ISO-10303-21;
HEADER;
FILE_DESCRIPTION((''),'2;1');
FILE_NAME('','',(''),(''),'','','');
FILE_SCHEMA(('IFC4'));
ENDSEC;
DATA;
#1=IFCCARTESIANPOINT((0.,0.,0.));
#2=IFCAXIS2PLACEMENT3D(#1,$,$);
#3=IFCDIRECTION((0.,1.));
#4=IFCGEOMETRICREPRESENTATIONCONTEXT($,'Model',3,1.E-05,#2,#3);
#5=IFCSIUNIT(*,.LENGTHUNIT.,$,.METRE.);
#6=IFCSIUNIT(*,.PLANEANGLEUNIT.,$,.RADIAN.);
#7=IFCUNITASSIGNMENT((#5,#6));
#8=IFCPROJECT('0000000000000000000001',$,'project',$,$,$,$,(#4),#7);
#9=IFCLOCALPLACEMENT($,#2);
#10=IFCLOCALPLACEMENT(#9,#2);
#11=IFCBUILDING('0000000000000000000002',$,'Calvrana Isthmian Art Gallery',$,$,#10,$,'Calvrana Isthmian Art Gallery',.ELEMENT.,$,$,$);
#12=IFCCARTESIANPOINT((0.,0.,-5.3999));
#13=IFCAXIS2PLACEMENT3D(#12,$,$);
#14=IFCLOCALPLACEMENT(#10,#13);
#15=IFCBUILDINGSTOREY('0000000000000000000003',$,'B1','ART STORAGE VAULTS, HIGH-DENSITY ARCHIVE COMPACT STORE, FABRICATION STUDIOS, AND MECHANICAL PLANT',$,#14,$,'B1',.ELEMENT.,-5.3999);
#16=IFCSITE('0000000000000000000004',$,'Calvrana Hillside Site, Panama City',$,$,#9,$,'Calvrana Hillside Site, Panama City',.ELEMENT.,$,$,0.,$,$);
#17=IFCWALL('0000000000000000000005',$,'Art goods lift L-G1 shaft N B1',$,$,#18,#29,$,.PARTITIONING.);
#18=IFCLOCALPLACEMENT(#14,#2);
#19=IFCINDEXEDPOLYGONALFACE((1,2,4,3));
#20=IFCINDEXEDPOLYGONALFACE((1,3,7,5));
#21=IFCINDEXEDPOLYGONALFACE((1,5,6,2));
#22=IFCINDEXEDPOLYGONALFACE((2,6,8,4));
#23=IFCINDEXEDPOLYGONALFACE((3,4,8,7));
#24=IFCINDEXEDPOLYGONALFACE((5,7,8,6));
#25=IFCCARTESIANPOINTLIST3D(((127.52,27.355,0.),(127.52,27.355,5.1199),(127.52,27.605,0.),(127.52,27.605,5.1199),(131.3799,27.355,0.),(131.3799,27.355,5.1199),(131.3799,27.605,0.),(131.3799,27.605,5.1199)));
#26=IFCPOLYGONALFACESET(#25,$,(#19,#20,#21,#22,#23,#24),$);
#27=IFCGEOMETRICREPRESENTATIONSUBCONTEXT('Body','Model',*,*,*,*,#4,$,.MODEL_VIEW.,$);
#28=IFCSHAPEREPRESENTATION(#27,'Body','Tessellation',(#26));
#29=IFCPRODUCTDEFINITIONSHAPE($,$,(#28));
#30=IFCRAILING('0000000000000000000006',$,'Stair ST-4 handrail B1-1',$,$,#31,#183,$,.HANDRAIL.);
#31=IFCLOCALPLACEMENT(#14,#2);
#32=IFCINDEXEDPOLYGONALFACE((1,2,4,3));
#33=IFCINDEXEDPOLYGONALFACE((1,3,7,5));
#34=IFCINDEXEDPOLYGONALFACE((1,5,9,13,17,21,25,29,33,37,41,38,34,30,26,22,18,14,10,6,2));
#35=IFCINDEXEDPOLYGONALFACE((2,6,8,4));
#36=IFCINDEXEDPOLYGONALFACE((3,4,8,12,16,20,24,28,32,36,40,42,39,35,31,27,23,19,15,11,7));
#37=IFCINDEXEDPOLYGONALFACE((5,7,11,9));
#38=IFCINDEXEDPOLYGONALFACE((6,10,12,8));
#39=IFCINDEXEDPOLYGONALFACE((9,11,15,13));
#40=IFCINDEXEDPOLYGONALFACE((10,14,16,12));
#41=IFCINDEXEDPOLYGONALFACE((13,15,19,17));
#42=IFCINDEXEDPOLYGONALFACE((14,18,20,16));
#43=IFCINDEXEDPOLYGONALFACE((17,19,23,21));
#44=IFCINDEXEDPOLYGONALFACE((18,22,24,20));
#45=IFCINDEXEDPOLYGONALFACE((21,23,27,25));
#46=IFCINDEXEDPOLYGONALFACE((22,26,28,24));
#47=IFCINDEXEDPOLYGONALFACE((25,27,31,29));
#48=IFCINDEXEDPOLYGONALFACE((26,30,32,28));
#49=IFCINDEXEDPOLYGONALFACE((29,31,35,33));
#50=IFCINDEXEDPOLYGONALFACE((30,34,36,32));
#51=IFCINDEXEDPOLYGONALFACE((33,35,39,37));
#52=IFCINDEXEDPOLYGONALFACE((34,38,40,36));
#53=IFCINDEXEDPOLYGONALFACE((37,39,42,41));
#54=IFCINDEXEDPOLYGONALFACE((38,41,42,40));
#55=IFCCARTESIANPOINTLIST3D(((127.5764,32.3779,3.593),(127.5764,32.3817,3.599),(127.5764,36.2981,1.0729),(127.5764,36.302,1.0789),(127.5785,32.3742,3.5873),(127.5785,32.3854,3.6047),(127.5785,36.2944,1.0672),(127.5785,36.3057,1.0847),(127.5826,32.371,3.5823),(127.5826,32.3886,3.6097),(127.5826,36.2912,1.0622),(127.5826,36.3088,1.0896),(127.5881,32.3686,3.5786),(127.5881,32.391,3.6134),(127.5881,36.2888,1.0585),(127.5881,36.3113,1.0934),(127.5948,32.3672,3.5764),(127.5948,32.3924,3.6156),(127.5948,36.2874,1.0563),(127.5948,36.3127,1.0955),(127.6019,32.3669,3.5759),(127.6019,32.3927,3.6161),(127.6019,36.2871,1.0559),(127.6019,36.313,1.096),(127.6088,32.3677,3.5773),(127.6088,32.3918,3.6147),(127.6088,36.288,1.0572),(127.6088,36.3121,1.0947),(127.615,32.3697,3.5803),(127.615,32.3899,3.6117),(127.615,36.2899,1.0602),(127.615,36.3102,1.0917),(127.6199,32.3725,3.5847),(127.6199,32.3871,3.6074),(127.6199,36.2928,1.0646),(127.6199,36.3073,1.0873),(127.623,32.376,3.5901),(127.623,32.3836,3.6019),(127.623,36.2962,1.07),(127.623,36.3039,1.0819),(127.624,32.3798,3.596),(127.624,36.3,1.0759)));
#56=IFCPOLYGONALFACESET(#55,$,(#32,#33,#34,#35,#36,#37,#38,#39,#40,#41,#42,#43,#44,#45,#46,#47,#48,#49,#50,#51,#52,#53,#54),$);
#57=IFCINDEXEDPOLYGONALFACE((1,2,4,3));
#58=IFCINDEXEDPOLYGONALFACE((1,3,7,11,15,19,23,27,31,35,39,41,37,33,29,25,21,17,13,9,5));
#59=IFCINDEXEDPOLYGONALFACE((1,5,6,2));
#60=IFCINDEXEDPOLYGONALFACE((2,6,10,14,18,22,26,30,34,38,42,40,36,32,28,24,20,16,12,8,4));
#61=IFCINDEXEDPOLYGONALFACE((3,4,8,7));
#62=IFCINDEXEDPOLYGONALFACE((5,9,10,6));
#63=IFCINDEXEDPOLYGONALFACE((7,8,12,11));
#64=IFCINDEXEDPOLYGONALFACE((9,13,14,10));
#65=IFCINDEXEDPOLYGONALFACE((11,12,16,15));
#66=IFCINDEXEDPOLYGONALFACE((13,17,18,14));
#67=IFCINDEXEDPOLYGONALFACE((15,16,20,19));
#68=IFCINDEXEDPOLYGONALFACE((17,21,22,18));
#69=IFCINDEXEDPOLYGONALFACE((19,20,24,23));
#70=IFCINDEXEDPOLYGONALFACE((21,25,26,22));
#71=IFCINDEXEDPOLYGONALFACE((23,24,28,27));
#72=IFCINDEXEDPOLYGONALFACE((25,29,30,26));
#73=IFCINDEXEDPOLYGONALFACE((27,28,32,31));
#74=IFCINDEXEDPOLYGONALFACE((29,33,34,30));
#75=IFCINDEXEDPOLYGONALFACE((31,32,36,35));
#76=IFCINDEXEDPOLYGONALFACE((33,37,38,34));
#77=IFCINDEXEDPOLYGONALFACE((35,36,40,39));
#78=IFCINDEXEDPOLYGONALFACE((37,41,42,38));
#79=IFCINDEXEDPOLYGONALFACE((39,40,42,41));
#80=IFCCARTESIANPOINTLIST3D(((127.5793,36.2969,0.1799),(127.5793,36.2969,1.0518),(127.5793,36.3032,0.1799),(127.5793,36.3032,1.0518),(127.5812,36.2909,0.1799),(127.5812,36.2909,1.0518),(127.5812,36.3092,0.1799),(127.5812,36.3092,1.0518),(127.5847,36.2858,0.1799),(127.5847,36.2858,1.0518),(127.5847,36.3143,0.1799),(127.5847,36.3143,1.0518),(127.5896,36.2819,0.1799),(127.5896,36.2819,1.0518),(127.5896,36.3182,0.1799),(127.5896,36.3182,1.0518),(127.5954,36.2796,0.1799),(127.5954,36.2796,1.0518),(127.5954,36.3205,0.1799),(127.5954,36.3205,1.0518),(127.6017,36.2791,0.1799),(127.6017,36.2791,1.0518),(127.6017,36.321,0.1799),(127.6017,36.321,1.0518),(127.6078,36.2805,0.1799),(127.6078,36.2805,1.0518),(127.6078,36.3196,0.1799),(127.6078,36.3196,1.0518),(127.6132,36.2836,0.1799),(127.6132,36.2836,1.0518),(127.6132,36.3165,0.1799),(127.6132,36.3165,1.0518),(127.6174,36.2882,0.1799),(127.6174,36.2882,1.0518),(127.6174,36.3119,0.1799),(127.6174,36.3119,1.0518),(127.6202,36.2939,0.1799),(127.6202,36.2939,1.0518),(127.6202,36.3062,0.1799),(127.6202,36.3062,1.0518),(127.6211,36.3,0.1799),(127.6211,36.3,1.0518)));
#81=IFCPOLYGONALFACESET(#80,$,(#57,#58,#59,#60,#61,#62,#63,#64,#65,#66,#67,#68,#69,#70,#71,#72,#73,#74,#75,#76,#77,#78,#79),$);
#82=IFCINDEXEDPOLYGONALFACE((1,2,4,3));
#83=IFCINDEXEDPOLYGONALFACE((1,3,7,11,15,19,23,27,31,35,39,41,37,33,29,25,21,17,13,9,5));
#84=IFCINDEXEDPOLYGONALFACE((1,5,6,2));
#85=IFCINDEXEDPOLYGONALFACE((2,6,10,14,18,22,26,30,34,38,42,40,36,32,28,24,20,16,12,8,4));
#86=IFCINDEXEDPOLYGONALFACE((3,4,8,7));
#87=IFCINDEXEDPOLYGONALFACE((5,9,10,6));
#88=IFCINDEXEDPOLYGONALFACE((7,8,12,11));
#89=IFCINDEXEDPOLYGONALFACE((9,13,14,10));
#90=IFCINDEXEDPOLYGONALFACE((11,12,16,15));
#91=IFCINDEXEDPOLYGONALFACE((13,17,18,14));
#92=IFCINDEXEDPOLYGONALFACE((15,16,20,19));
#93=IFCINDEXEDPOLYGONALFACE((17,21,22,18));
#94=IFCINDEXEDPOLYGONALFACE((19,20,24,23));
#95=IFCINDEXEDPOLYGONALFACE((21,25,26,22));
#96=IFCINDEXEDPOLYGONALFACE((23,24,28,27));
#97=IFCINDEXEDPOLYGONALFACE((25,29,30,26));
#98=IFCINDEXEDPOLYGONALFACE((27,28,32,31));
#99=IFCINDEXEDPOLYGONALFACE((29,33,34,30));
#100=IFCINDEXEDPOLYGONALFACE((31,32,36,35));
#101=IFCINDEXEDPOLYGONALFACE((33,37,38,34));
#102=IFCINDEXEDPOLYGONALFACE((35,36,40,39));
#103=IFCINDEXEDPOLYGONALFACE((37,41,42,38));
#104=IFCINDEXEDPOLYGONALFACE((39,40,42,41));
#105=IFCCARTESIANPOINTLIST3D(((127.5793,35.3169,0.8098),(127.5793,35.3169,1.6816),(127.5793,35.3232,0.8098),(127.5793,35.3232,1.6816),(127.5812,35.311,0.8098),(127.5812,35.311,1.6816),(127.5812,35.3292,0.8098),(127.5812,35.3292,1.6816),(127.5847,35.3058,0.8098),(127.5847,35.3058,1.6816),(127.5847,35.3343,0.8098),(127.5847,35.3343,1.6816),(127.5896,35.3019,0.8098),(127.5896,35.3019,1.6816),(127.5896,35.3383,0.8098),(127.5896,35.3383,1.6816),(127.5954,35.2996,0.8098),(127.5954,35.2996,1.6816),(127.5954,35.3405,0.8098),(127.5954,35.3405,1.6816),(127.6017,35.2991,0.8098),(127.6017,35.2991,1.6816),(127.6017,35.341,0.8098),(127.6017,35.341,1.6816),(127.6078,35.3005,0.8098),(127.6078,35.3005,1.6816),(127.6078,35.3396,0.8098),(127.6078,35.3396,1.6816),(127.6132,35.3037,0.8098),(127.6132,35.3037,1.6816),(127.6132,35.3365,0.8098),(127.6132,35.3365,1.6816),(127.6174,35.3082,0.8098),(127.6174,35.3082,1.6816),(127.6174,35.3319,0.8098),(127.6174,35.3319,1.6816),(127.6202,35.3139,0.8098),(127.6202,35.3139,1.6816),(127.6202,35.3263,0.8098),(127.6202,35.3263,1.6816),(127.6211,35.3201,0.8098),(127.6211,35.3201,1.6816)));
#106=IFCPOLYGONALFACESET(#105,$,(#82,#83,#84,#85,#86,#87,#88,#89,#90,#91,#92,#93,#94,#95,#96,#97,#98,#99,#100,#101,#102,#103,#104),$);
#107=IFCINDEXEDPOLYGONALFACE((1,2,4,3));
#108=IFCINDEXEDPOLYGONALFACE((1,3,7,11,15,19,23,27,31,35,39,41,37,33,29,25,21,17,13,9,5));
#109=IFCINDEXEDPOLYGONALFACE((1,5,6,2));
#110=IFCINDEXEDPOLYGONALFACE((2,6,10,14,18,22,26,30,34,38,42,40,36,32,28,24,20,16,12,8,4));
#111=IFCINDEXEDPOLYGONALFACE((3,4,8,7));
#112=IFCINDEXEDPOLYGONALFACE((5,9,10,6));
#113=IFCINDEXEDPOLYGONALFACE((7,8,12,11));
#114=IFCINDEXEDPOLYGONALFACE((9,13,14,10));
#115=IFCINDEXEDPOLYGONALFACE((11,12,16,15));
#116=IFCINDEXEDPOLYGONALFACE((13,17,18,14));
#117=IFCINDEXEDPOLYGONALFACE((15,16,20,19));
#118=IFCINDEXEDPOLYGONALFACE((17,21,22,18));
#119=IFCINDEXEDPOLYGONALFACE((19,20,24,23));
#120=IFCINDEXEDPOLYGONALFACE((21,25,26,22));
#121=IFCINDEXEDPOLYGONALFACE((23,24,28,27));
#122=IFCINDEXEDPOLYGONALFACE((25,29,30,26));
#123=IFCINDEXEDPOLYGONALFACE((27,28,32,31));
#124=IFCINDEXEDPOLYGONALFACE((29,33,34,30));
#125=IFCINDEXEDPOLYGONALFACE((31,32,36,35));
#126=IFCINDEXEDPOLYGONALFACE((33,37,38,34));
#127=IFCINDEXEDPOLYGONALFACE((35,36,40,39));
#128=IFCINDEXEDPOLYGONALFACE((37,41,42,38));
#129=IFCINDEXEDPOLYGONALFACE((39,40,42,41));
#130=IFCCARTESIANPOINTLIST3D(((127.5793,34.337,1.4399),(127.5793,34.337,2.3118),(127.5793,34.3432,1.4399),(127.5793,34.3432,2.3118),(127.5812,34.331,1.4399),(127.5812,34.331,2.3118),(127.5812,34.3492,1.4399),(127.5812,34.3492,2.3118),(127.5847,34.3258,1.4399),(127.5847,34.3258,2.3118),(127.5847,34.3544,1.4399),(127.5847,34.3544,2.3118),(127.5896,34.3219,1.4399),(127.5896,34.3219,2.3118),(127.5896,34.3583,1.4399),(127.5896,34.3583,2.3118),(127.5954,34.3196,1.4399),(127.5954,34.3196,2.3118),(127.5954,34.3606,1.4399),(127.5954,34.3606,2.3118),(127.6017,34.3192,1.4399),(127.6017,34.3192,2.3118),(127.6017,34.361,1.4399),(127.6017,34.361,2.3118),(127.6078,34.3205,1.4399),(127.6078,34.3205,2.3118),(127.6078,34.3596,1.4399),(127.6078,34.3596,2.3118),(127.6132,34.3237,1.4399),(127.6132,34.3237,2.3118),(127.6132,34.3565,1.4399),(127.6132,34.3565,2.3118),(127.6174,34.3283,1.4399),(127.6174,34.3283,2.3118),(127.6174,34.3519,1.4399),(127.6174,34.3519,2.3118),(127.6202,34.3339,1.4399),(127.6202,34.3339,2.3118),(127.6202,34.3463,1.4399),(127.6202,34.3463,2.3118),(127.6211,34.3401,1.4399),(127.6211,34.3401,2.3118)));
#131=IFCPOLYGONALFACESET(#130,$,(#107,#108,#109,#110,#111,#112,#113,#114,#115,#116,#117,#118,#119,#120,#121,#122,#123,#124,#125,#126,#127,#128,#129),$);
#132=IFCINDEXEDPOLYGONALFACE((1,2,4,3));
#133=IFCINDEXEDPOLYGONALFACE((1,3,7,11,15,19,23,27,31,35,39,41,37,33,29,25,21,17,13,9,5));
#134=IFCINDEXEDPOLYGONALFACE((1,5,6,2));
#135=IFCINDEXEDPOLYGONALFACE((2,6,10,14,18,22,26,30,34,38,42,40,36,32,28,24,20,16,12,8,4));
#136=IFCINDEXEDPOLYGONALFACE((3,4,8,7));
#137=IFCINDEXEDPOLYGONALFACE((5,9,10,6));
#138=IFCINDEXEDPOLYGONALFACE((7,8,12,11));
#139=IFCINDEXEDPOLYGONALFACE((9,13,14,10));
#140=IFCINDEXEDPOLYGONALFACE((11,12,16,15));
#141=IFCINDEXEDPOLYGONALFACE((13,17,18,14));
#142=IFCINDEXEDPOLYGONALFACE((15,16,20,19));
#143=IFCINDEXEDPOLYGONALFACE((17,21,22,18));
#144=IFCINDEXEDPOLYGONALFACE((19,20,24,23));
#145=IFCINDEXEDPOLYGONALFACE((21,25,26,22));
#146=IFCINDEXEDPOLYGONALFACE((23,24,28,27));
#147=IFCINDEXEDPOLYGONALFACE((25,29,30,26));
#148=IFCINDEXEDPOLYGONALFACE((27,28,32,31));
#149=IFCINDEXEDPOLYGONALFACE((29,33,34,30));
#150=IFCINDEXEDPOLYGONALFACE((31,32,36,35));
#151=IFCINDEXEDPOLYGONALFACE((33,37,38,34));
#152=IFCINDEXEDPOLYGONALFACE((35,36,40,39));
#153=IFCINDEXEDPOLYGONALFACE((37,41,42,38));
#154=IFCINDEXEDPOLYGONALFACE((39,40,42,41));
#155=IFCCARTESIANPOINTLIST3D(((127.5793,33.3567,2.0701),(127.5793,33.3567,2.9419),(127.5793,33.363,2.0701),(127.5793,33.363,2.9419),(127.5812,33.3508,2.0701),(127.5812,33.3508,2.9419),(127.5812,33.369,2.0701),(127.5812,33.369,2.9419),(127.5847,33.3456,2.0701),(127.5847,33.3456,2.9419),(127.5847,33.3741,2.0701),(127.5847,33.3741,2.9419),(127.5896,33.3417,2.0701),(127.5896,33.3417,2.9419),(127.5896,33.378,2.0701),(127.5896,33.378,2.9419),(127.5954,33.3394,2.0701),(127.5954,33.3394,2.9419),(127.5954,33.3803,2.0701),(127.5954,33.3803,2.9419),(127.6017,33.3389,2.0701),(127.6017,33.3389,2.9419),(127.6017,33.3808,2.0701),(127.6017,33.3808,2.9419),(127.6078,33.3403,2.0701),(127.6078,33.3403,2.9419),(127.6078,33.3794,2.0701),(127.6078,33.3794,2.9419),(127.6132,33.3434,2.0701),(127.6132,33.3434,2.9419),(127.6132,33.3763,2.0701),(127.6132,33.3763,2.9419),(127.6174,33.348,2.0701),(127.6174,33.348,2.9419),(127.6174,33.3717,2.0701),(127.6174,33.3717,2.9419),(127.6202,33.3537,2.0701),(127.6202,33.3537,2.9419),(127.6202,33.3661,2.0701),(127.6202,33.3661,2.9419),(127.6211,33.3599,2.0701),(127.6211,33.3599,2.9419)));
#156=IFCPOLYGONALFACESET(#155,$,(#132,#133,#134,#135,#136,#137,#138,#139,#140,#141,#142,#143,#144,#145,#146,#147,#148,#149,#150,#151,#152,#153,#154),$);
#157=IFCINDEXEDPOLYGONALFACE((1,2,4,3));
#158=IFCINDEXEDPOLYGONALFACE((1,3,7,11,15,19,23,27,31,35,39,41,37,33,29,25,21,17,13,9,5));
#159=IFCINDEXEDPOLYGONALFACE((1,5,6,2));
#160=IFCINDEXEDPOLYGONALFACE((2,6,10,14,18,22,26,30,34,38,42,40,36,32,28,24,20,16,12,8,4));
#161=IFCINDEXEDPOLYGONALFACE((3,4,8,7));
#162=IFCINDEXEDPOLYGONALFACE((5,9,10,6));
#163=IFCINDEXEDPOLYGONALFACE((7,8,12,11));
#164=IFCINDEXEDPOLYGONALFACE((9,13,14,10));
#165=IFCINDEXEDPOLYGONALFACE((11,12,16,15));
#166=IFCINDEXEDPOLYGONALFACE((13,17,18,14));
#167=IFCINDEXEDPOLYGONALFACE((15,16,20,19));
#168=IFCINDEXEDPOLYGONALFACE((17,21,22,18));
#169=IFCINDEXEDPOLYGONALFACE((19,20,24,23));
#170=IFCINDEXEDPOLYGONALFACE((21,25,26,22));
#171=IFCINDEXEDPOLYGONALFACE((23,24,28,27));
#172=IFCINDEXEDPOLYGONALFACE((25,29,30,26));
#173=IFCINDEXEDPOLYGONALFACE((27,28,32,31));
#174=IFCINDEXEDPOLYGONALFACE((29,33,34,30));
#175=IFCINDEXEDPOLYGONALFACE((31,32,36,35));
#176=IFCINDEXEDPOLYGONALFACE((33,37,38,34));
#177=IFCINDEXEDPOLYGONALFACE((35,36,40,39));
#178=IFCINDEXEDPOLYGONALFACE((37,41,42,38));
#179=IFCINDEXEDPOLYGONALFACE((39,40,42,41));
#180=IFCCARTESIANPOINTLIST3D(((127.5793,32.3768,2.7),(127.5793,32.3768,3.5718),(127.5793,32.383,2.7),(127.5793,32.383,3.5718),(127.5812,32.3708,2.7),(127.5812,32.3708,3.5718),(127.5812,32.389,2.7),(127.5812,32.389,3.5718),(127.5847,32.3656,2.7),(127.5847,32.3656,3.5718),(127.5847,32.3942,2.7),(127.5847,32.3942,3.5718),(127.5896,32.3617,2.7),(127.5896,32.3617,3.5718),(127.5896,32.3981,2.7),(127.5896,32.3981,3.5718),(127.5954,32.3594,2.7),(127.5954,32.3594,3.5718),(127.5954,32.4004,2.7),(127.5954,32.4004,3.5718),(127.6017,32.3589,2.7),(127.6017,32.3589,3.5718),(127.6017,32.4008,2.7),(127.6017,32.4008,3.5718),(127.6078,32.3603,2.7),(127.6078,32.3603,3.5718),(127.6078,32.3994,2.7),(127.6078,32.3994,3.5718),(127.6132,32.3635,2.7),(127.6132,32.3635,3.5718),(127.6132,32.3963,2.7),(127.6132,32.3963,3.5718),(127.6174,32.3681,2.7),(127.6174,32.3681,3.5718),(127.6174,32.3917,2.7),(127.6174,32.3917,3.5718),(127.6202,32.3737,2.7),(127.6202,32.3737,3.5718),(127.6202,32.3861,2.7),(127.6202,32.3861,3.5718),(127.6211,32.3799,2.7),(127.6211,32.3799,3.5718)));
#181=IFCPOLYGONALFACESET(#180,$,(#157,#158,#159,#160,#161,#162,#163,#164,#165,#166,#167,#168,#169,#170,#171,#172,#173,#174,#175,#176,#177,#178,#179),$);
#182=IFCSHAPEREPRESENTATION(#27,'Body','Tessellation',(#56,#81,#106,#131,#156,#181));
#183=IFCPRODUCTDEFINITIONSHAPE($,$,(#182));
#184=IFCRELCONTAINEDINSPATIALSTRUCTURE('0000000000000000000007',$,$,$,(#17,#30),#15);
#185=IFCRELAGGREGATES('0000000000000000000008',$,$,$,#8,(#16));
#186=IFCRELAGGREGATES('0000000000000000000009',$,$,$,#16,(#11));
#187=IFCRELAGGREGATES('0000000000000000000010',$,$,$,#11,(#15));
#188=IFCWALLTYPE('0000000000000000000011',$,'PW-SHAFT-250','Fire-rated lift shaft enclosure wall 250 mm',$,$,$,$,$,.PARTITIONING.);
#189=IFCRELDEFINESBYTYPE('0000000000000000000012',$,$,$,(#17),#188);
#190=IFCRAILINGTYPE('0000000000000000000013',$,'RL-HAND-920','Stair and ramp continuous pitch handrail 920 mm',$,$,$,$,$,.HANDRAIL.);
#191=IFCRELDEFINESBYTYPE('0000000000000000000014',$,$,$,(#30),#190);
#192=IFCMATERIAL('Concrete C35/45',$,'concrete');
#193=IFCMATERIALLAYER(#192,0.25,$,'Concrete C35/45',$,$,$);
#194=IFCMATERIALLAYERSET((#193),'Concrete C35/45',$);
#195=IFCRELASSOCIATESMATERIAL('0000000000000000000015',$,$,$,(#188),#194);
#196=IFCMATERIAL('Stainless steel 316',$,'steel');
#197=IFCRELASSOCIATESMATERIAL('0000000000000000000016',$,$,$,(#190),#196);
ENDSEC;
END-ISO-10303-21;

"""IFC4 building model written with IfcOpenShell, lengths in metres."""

from ifc_helpers import new_model, si_unit, direction, frame, frame_2d, origin, origin_2d, place, context, subcontext, project, spatial, rectangle, circle, extrude, material, layer, layer_set, type_object, element, save


model = new_model("IFC4")

# Units and contexts
model_context = context("Model", 3, precision=1e-05, world=origin(), true_north=direction((0.0, 1.0)))
body_context = subcontext(model_context, "Body", "Model", "MODEL_VIEW")
ifc_project = project(units=[si_unit("LENGTHUNIT", "METRE"), si_unit("PLANEANGLEUNIT", "RADIAN")], contexts=[model_context])

# Site, building, storey
site_placement = place(None, origin())
site = spatial("IfcSite", under=ifc_project, at=site_placement, Name="Calvrana Hillside Site, Panama City", LongName="Calvrana Hillside Site, Panama City", CompositionType="ELEMENT", RefElevation=0.0)
building_placement = place(site_placement, origin())
building = spatial("IfcBuilding", under=site, at=building_placement, Name="Calvrana Isthmian Art Gallery", LongName="Calvrana Isthmian Art Gallery", CompositionType="ELEMENT")
storey_placement = place(building_placement, frame((0.0, 0.0, -5.3999)))
storey = spatial("IfcBuildingStorey", under=building, at=storey_placement, Name="B1", Description="ART STORAGE VAULTS, HIGH-DENSITY ARCHIVE COMPACT STORE, FABRICATION STUDIOS, AND MECHANICAL PLANT", LongName="B1", CompositionType="ELEMENT", Elevation=-5.3999)

# Shared definitions
ifc_material_1 = material(Name="Concrete C35/45", Category="concrete")

# Wall
ifc_layer_1 = layer(ifc_material_1, 0.25, Name="Concrete C35/45")
ifc_layer_set_1 = layer_set([ifc_layer_1], Name="Concrete C35/45")
wall_type_1 = type_object("IfcWallType", Name="PW-SHAFT-250", Description="Fire-rated lift shaft enclosure wall 250 mm", PredefinedType="PARTITIONING", material=ifc_layer_set_1)
wall_1_placement = place(storey_placement, frame((127.52, 27.48, 0.0), z_axis=(0.0, 0.0, 1.0), x_axis=(1.0, 0.0, 0.0)))
element("IfcWall", 1, at=wall_1_placement, inside=storey, type_object=wall_type_1, Name="Art goods lift L-G1 shaft N B1", PredefinedType="PARTITIONING", context=body_context, shape_type="SweptSolid", body=[
    extrude(rectangle(XDim=3.8599, YDim=0.25, at=frame_2d((1.9299, 0.0))), origin(), (0.0, 0.0, 1.0), 5.1199),
])

# Railing
ifc_material_2 = material(Name="Stainless steel 316", Category="steel")
railing_type = type_object("IfcRailingType", Name="RL-HAND-920", Description="Stair and ramp continuous pitch handrail 920 mm", PredefinedType="HANDRAIL", material=ifc_material_2)
railing_placement = place(storey_placement, frame((127.6001, 36.3, 0.1799)))
element("IfcRailing", 2, at=railing_placement, inside=storey, type_object=railing_type, Name="Stair ST-4 handrail B1-1", PredefinedType="HANDRAIL", context=body_context, shape_type="SweptSolid", body=[
    extrude(circle(Radius=0.0239, at=origin_2d()), frame((0.0, 0.0, 0.896), z_axis=(0.0, -0.841187, 0.540744), x_axis=(1.0, 0.0, 0.0)), (0.0, 0.0, 1.0), 4.6604),
    extrude(circle(Radius=0.021, at=origin_2d()), origin(), (0.0, 0.0, 1.0), 0.8718),
    extrude(circle(Radius=0.021, at=origin_2d()), frame((0.0, -0.98, 0.6299)), (0.0, 0.0, 1.0), 0.8718),
    extrude(circle(Radius=0.021, at=origin_2d()), frame((0.0, -1.96, 1.26)), (0.0, 0.0, 1.0), 0.8718),
    extrude(circle(Radius=0.021, at=origin_2d()), frame((0.0, -2.9402, 1.8901)), (0.0, 0.0, 1.0), 0.8718),
    extrude(circle(Radius=0.021, at=origin_2d()), frame((0.0, -3.9202, 2.52)), (0.0, 0.0, 1.0), 0.8718),
])

save(model, "model.ifc")
